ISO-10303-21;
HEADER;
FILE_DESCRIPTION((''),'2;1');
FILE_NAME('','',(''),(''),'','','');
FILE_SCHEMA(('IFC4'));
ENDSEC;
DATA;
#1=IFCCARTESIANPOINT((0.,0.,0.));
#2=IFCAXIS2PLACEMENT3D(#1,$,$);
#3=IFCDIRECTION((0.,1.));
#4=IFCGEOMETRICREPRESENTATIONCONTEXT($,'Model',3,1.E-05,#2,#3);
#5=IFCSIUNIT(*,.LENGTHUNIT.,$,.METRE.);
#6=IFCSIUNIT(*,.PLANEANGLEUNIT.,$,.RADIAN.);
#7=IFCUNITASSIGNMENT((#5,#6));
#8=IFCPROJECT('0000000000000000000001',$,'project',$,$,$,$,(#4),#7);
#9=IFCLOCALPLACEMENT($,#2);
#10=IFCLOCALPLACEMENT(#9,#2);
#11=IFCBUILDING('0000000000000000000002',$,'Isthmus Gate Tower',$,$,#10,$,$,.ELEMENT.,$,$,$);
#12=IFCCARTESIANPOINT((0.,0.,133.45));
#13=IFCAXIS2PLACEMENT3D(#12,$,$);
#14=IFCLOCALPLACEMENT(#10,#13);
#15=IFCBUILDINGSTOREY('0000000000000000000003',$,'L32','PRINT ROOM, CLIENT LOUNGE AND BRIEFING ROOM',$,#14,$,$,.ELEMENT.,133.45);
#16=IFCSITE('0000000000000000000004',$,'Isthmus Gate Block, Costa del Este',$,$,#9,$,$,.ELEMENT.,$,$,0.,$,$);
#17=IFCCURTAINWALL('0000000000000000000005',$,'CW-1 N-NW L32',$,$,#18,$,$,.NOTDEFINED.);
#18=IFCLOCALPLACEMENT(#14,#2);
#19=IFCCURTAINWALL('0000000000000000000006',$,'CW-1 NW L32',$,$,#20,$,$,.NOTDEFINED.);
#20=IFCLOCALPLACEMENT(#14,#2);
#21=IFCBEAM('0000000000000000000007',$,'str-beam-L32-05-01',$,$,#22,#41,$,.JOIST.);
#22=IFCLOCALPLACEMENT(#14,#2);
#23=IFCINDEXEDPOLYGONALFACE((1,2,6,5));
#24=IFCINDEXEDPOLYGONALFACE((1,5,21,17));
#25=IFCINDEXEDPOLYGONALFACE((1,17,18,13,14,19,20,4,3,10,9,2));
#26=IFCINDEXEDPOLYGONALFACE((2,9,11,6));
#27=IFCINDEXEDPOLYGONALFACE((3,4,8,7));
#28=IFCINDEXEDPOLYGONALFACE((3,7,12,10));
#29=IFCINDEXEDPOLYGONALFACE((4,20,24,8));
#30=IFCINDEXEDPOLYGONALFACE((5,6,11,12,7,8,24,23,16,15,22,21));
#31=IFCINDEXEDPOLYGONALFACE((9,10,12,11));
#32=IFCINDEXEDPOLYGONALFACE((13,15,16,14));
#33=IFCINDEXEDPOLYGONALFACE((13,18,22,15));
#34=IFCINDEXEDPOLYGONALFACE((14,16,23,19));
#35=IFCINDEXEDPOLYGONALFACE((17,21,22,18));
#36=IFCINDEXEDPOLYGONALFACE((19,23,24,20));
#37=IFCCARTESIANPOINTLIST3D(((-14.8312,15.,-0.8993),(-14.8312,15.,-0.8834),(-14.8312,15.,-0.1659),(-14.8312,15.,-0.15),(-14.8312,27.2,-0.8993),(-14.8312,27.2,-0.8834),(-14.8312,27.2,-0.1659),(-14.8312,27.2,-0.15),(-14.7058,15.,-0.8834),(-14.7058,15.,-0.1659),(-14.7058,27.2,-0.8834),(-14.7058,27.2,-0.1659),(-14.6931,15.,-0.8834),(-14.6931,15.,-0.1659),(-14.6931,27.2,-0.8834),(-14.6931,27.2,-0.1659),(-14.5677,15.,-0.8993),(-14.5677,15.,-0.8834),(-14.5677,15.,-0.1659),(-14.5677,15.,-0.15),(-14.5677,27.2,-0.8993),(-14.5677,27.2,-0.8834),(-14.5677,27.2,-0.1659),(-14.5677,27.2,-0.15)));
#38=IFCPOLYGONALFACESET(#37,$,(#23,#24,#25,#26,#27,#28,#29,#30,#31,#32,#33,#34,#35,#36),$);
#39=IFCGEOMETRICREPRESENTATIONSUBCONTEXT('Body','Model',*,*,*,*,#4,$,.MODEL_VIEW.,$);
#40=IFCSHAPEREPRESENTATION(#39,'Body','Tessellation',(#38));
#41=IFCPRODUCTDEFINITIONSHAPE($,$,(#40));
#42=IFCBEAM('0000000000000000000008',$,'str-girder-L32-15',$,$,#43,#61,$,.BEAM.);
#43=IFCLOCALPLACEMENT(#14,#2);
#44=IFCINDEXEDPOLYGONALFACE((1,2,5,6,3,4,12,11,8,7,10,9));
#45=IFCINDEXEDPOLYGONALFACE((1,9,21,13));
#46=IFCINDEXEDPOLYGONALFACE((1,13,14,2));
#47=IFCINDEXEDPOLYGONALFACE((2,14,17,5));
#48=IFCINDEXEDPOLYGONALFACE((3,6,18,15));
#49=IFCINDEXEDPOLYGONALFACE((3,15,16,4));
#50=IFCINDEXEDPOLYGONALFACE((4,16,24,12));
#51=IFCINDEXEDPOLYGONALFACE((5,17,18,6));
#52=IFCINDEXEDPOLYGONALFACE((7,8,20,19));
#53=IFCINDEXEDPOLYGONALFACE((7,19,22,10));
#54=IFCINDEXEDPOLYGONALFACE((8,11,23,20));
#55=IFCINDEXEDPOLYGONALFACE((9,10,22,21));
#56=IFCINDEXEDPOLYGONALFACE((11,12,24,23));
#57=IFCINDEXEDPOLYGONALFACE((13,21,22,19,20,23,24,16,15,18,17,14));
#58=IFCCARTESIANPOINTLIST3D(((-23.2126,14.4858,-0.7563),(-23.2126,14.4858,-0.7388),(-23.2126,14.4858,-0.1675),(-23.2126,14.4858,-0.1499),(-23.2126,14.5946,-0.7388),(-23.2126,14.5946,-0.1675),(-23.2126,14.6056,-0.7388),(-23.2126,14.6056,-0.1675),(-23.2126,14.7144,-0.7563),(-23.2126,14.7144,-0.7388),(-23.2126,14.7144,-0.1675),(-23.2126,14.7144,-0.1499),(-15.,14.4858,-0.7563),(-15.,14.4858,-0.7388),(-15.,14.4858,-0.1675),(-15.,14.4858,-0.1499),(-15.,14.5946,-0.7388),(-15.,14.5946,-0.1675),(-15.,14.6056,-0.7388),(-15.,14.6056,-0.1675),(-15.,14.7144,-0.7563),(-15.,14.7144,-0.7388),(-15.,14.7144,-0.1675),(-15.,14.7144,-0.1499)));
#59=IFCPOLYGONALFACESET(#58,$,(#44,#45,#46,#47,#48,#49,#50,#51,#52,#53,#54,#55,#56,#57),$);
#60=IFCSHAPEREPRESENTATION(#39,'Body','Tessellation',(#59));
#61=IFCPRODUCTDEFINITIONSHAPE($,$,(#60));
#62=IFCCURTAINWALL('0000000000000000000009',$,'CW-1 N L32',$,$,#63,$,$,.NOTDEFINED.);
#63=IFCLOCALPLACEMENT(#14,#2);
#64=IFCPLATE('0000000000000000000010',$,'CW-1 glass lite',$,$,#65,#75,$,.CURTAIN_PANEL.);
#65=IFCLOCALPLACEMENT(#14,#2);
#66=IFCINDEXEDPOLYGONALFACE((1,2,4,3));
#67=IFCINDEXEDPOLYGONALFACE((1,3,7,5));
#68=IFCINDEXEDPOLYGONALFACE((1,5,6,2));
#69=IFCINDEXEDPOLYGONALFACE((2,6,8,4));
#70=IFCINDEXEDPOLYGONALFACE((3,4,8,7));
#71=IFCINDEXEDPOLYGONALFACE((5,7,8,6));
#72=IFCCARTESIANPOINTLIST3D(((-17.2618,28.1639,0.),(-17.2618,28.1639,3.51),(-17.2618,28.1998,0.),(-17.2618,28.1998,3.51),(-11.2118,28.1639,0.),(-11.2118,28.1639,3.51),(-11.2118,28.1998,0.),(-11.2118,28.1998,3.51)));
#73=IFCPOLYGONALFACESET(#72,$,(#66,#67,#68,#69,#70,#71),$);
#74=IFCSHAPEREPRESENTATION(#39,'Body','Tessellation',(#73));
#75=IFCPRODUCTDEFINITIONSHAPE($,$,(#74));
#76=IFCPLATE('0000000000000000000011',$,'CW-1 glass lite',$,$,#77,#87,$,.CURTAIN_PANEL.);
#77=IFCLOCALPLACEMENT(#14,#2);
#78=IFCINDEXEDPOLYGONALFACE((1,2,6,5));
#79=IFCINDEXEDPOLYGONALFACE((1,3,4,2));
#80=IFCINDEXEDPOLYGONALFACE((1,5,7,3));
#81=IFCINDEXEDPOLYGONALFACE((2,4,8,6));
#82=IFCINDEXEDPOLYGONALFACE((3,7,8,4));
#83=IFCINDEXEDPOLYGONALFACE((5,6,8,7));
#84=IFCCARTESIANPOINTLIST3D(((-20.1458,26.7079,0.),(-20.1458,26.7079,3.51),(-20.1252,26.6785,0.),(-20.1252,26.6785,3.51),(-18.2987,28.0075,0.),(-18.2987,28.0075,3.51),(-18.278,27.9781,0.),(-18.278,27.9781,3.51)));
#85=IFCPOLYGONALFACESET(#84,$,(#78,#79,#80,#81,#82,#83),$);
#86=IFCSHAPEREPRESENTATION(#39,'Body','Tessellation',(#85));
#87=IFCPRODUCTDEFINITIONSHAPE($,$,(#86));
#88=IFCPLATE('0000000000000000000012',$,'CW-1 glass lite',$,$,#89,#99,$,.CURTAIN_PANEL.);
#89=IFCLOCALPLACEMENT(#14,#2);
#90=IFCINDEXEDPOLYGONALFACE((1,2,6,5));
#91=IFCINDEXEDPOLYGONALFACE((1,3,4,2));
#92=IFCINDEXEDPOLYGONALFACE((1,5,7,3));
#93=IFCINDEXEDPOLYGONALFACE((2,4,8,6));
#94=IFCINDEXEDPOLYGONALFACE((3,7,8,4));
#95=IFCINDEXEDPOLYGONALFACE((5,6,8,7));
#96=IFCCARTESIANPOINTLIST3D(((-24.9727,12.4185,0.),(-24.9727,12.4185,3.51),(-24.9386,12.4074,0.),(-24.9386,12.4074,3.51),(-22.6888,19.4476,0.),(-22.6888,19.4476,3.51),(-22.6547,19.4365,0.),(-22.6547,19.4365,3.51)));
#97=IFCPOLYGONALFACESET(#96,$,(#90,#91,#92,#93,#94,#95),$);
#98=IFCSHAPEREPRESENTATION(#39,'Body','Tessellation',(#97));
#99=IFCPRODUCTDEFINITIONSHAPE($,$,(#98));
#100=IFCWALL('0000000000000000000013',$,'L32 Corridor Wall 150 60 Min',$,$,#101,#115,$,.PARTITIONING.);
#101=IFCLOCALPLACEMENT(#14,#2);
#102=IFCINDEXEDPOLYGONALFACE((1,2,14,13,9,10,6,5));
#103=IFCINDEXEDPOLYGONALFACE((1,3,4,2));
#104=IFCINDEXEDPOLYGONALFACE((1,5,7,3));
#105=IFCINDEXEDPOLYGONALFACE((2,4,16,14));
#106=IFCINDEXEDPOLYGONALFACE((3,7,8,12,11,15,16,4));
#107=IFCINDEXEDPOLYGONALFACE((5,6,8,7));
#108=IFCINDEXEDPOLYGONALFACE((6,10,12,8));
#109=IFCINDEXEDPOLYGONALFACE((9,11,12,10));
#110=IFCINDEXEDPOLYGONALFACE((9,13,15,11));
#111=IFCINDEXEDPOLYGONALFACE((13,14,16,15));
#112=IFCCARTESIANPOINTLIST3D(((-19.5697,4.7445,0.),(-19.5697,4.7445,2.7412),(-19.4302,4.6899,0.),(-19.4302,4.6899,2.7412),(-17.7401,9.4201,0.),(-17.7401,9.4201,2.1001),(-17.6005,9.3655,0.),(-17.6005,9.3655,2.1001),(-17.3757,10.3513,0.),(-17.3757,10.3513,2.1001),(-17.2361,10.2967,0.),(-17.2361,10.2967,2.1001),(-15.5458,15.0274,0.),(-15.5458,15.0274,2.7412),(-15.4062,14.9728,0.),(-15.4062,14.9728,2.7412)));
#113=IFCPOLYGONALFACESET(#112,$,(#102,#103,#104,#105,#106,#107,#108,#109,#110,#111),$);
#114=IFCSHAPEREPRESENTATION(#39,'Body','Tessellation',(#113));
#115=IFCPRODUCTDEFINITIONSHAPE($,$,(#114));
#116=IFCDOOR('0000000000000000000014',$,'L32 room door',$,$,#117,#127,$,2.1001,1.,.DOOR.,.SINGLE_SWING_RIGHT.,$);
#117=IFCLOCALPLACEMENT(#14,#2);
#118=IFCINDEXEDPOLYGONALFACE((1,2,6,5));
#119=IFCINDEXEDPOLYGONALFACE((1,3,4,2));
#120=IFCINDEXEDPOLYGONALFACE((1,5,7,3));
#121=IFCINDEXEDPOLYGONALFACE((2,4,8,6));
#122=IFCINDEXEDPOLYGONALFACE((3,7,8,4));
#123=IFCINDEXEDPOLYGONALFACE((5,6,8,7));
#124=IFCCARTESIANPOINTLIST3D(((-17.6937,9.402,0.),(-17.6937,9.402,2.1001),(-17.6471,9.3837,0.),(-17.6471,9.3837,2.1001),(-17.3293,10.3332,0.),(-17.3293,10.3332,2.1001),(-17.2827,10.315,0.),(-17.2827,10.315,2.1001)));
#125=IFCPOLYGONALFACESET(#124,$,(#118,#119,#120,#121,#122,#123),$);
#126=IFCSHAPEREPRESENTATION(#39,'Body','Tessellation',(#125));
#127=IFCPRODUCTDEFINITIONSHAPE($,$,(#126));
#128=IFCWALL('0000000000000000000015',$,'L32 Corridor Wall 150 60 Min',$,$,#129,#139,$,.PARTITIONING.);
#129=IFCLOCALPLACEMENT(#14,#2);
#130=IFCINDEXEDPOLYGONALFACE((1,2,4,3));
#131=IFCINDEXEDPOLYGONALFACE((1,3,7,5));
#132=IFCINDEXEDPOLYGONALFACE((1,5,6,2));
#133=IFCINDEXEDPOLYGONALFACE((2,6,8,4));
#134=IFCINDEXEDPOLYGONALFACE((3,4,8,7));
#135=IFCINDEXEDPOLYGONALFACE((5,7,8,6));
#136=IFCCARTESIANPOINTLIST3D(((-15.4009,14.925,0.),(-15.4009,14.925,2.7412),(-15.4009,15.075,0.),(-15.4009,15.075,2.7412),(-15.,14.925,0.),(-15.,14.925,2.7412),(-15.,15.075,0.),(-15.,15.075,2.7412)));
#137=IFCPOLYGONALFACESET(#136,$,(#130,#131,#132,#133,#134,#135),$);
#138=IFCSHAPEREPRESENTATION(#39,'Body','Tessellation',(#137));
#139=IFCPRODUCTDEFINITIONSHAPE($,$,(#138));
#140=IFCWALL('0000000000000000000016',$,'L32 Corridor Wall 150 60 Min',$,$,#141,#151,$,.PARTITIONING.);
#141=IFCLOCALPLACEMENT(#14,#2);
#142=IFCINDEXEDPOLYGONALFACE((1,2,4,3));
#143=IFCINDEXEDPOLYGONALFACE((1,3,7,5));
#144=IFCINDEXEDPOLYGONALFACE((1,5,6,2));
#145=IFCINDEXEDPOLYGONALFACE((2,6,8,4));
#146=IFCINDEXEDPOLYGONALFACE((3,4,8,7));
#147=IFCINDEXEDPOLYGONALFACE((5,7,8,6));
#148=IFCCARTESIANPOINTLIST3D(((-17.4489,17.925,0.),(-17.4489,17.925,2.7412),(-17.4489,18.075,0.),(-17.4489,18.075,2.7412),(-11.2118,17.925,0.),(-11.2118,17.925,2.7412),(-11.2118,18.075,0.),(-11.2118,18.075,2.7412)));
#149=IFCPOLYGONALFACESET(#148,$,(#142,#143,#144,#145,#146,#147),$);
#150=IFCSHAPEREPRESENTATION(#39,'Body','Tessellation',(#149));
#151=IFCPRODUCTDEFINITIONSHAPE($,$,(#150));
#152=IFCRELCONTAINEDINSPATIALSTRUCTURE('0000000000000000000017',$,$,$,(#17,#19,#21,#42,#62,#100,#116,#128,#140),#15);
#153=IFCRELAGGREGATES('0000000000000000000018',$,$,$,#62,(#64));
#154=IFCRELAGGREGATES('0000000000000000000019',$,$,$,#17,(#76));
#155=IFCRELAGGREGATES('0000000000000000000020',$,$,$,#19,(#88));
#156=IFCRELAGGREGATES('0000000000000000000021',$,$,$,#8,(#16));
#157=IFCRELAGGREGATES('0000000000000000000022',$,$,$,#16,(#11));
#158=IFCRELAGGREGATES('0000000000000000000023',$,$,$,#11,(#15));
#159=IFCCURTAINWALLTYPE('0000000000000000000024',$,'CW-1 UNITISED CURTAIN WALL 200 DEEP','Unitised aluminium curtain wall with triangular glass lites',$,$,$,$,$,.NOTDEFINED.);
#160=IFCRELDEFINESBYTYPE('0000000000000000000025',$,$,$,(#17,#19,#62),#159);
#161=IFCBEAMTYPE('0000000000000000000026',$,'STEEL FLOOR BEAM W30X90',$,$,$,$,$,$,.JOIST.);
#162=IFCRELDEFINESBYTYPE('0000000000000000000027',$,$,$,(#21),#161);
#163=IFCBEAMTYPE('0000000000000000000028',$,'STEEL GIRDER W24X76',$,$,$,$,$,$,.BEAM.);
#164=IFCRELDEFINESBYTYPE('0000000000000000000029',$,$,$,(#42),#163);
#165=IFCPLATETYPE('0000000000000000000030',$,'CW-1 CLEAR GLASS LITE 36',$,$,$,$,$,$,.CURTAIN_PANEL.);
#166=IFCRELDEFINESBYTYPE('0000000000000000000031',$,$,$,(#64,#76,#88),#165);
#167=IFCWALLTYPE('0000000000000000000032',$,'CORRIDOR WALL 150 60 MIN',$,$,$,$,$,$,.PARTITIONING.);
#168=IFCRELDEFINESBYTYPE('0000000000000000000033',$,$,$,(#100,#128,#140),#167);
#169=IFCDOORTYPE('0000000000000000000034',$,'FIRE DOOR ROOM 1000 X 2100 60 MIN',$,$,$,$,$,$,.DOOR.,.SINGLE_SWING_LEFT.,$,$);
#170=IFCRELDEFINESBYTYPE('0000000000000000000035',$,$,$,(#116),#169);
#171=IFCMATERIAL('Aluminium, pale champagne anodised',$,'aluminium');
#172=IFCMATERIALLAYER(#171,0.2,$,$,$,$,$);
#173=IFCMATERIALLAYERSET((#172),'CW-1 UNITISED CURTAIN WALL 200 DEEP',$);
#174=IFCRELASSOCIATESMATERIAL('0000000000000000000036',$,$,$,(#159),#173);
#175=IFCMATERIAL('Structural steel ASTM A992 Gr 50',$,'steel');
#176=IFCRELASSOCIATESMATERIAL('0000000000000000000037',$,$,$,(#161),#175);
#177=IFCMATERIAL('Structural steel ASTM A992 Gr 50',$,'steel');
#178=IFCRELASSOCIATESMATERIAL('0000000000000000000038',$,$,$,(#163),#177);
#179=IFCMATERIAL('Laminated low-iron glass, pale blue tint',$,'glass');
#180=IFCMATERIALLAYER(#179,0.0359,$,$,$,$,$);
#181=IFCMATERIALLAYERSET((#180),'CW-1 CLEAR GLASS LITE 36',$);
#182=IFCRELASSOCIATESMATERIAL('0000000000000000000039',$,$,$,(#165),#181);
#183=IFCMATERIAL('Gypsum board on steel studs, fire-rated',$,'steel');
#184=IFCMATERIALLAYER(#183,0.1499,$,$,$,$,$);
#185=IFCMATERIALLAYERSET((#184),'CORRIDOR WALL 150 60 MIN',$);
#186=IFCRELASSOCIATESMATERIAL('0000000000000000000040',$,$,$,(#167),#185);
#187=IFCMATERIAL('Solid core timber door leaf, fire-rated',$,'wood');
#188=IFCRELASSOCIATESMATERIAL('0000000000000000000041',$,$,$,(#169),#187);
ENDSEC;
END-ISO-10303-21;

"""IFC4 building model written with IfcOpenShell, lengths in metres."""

from ifc_helpers import new_model, si_unit, direction, frame, frame_2d, origin, origin_2d, place, context, subcontext, project, spatial, rectangle, i_section, extrude, material, layer, layer_set, material_profile, profile_set, type_object, element, fill, aggregate, save


model = new_model("IFC4")

# Units and contexts
model_context = context("Model", 3, precision=1e-05, world=origin(), true_north=direction((0.0, 1.0)))
body_context = subcontext(model_context, "Body", "Model", "MODEL_VIEW")
ifc_project = project(units=[si_unit("LENGTHUNIT", "METRE"), si_unit("PLANEANGLEUNIT", "RADIAN")], contexts=[model_context])

# Site, building, storey
site_placement = place(None, origin())
site = spatial("IfcSite", under=ifc_project, at=site_placement, Name="Isthmus Gate Block, Costa del Este", CompositionType="ELEMENT", RefElevation=0.0)
building_placement = place(site_placement, origin())
building = spatial("IfcBuilding", under=site, at=building_placement, Name="Isthmus Gate Tower", CompositionType="ELEMENT")
storey_placement = place(building_placement, frame((0.0, 0.0, 133.45)))
storey = spatial("IfcBuildingStorey", under=building, at=storey_placement, Name="L32", Description="PRINT ROOM, CLIENT LOUNGE AND BRIEFING ROOM", CompositionType="ELEMENT", Elevation=133.45)

# Curtain walls
ifc_material_1 = material(Name="Aluminium, pale champagne anodised", Category="aluminium")
ifc_layer_1 = layer(ifc_material_1, 0.2)
ifc_layer_set_1 = layer_set([ifc_layer_1], Name="CW-1 UNITISED CURTAIN WALL 200 DEEP")
curtain_wall_type = type_object("IfcCurtainWallType", Name="CW-1 UNITISED CURTAIN WALL 200 DEEP", Description="Unitised aluminium curtain wall with triangular glass lites", PredefinedType="NOTDEFINED", material=ifc_layer_set_1)
curtain_wall_1_placement = place(storey_placement, origin())
curtain_wall_1 = element("IfcCurtainWall", 1, at=curtain_wall_1_placement, inside=storey, type_object=curtain_wall_type, Name="CW-1 N-NW L32", PredefinedType="NOTDEFINED")
curtain_wall_2_placement = place(storey_placement, origin())
curtain_wall_2 = element("IfcCurtainWall", 2, at=curtain_wall_2_placement, inside=storey, type_object=curtain_wall_type, Name="CW-1 NW L32", PredefinedType="NOTDEFINED")

# Beams
ifc_material_2 = material(Name="Structural steel ASTM A992 Gr 50", Category="steel")
ifc_material_profile_1 = material_profile(ifc_material_2, i_section(OverallWidth=0.2634, OverallDepth=0.7493, WebThickness=0.0127, FlangeThickness=0.0159, at=origin_2d()), Name="W30X90")
ifc_profile_set_1 = profile_set([ifc_material_profile_1], Name="Structural steel ASTM A992 Gr 50")
beam_type_1 = type_object("IfcBeamType", Name="STEEL FLOOR BEAM W30X90", PredefinedType="JOIST", material=ifc_profile_set_1)
beam_1_placement = place(storey_placement, frame((-14.6995, 15.0, -0.5247), z_axis=(0.0, 1.0, 0.0), x_axis=(-1.0, 0.0, 0.0)))
element("IfcBeam", 3, at=beam_1_placement, inside=storey, type_object=beam_type_1, Name="str-beam-L32-05-01", PredefinedType="JOIST", context=body_context, shape_type="SweptSolid", body=[
    extrude(i_section(OverallWidth=0.2634, OverallDepth=0.7493, WebThickness=0.0127, FlangeThickness=0.0159, at=origin_2d()), origin(), (0.0, 0.0, 1.0), 12.2),
])
ifc_material_3 = material(Name="Structural steel ASTM A992 Gr 50", Category="steel")
ifc_material_profile_2 = material_profile(ifc_material_3, i_section(OverallWidth=0.2285, OverallDepth=0.6064, WebThickness=0.011, FlangeThickness=0.0176, at=origin_2d()), Name="W24X76")
ifc_profile_set_2 = profile_set([ifc_material_profile_2], Name="Structural steel ASTM A992 Gr 50")
beam_type_2 = type_object("IfcBeamType", Name="STEEL GIRDER W24X76", PredefinedType="BEAM", material=ifc_profile_set_2)
beam_2_placement = place(storey_placement, frame((-15.0, 14.6001, -0.4531), z_axis=(-1.0, 0.0, 0.0), x_axis=(0.0, -1.0, 0.0)))
element("IfcBeam", 4, at=beam_2_placement, inside=storey, type_object=beam_type_2, Name="str-girder-L32-15", PredefinedType="BEAM", context=body_context, shape_type="SweptSolid", body=[
    extrude(i_section(OverallWidth=0.2285, OverallDepth=0.6064, WebThickness=0.011, FlangeThickness=0.0176, at=origin_2d()), origin(), (0.0, 0.0, 1.0), 8.2126),
])

# Curtain wall, plate
curtain_wall_3_placement = place(storey_placement, origin())
curtain_wall_3 = element("IfcCurtainWall", 5, at=curtain_wall_3_placement, inside=storey, type_object=curtain_wall_type, Name="CW-1 N L32", PredefinedType="NOTDEFINED")
ifc_material_4 = material(Name="Laminated low-iron glass, pale blue tint", Category="glass")
ifc_layer_2 = layer(ifc_material_4, 0.0359)
ifc_layer_set_2 = layer_set([ifc_layer_2], Name="CW-1 CLEAR GLASS LITE 36")
plate_type = type_object("IfcPlateType", Name="CW-1 CLEAR GLASS LITE 36", PredefinedType="CURTAIN_PANEL", material=ifc_layer_set_2)
plate_1_placement = place(storey_placement, frame((-14.2368, 28.1819, 0.0), z_axis=(0.0, 0.0, 1.0), x_axis=(-1.0, 0.0, 0.0)))
plate_1 = element("IfcPlate", 6, at=plate_1_placement, type_object=plate_type, Name="CW-1 glass lite", PredefinedType="CURTAIN_PANEL", context=body_context, shape_type="SweptSolid", body=[
    extrude(rectangle(XDim=6.05, YDim=0.0359, at=origin_2d()), origin(), (0.0, 0.0, 1.0), 3.51),
])
aggregate(curtain_wall_3, [plate_1])

# Plates
plate_2_placement = place(storey_placement, frame((-19.2119, 27.343, 0.0), z_axis=(0.0, 0.0, 1.0), x_axis=(-0.81786, -0.575418, 0.0)))
plate_2 = element("IfcPlate", 7, at=plate_2_placement, type_object=plate_type, Name="CW-1 glass lite", PredefinedType="CURTAIN_PANEL", context=body_context, shape_type="SweptSolid", body=[
    extrude(rectangle(XDim=2.2585, YDim=0.0359, at=origin_2d()), origin(), (0.0, 0.0, 1.0), 3.51),
])
aggregate(curtain_wall_1, [plate_2])
plate_3_placement = place(storey_placement, frame((-23.8137, 15.9275, 0.0), z_axis=(0.0, 0.0, 1.0), x_axis=(-0.309017, -0.951057, 0.0)))
plate_3 = element("IfcPlate", 8, at=plate_3_placement, type_object=plate_type, Name="CW-1 glass lite", PredefinedType="CURTAIN_PANEL", context=body_context, shape_type="SweptSolid", body=[
    extrude(rectangle(XDim=7.3909, YDim=0.0359, at=origin_2d()), origin(), (0.0, 0.0, 1.0), 3.51),
])

# Wall, opening, door
ifc_material_5 = material(Name="Gypsum board on steel studs, fire-rated", Category="steel")
ifc_layer_3 = layer(ifc_material_5, 0.1499)
ifc_layer_set_3 = layer_set([ifc_layer_3], Name="CORRIDOR WALL 150 60 MIN")
wall_type_1 = type_object("IfcWallType", Name="CORRIDOR WALL 150 60 MIN", PredefinedType="PARTITIONING", material=ifc_layer_set_3)
wall_1_placement = place(storey_placement, frame((-15.4761, 15.0, 0.0), z_axis=(0.0, 0.0, 1.0), x_axis=(-0.364412, -0.931238, 0.0)))
wall_1 = element("IfcWall", 9, at=wall_1_placement, inside=storey, type_object=wall_type_1, Name="L32 Corridor Wall 150 60 Min", PredefinedType="PARTITIONING", context=body_context, shape_type="SweptSolid", body=[
    extrude(rectangle(XDim=11.0422, YDim=0.1499, at=frame_2d((5.521, 0.0))), origin(), (0.0, 0.0, 1.0), 2.7412),
])
opening_1_placement = place(wall_1_placement, frame((5.0212, 0.0, 0.0)))
opening_1 = element("IfcOpeningElement", 10, at=opening_1_placement, cuts=wall_1, PredefinedType="OPENING", context=body_context, shape_type="SweptSolid", body=[
    extrude(rectangle(XDim=1.0, YDim=2.1001, at=frame_2d((0.5, 1.05))), frame((0.0, 0.085, 0.0), z_axis=(0.0, -1.0, 0.0), x_axis=(1.0, 0.0, 0.0)), (0.0, 0.0, 1.0), 0.1699),
])
ifc_material_6 = material(Name="Solid core timber door leaf, fire-rated", Category="wood")
door_type_1 = type_object("IfcDoorType", Name="FIRE DOOR ROOM 1000 X 2100 60 MIN", OperationType="SINGLE_SWING_LEFT", PredefinedType="DOOR", material=ifc_material_6)
door_1_placement = place(opening_1_placement, origin())
door_1 = element("IfcDoor", 11, at=door_1_placement, inside=storey, type_object=door_type_1, Name="L32 room door", OperationType="SINGLE_SWING_RIGHT", OverallHeight=2.1001, OverallWidth=1.0, PredefinedType="DOOR", context=body_context, shape_type="SweptSolid", body=[
    extrude(rectangle(XDim=1.0, YDim=2.1001, at=frame_2d((0.5, 1.05))), frame((0.0, 0.0249, 0.0), z_axis=(0.0, -1.0, 0.0), x_axis=(1.0, 0.0, 0.0)), (0.0, 0.0, 1.0), 0.05),
])
fill(opening_1, door_1)

# Walls
wall_2_placement = place(storey_placement, frame((-15.0, 15.0, 0.0), z_axis=(0.0, 0.0, 1.0), x_axis=(-1.0, 0.0, 0.0)))
element("IfcWall", 12, at=wall_2_placement, inside=storey, type_object=wall_type_1, Name="L32 Corridor Wall 150 60 Min", PredefinedType="PARTITIONING", context=body_context, shape_type="SweptSolid", body=[
    extrude(rectangle(XDim=0.4009, YDim=0.1499, at=frame_2d((0.2004, 0.0))), origin(), (0.0, 0.0, 1.0), 2.7412),
])
wall_3_placement = place(storey_placement, frame((-17.449, 18.0, 0.0), z_axis=(0.0, 0.0, 1.0), x_axis=(1.0, 0.0, 0.0)))
element("IfcWall", 13, at=wall_3_placement, inside=storey, type_object=wall_type_1, Name="L32 Corridor Wall 150 60 Min", PredefinedType="PARTITIONING", context=body_context, shape_type="SweptSolid", body=[
    extrude(rectangle(XDim=6.2371, YDim=0.1499, at=frame_2d((3.1187, 0.0))), origin(), (0.0, 0.0, 1.0), 2.7412),
])

aggregate(curtain_wall_2, [plate_3])

save(model, "model.ifc")
